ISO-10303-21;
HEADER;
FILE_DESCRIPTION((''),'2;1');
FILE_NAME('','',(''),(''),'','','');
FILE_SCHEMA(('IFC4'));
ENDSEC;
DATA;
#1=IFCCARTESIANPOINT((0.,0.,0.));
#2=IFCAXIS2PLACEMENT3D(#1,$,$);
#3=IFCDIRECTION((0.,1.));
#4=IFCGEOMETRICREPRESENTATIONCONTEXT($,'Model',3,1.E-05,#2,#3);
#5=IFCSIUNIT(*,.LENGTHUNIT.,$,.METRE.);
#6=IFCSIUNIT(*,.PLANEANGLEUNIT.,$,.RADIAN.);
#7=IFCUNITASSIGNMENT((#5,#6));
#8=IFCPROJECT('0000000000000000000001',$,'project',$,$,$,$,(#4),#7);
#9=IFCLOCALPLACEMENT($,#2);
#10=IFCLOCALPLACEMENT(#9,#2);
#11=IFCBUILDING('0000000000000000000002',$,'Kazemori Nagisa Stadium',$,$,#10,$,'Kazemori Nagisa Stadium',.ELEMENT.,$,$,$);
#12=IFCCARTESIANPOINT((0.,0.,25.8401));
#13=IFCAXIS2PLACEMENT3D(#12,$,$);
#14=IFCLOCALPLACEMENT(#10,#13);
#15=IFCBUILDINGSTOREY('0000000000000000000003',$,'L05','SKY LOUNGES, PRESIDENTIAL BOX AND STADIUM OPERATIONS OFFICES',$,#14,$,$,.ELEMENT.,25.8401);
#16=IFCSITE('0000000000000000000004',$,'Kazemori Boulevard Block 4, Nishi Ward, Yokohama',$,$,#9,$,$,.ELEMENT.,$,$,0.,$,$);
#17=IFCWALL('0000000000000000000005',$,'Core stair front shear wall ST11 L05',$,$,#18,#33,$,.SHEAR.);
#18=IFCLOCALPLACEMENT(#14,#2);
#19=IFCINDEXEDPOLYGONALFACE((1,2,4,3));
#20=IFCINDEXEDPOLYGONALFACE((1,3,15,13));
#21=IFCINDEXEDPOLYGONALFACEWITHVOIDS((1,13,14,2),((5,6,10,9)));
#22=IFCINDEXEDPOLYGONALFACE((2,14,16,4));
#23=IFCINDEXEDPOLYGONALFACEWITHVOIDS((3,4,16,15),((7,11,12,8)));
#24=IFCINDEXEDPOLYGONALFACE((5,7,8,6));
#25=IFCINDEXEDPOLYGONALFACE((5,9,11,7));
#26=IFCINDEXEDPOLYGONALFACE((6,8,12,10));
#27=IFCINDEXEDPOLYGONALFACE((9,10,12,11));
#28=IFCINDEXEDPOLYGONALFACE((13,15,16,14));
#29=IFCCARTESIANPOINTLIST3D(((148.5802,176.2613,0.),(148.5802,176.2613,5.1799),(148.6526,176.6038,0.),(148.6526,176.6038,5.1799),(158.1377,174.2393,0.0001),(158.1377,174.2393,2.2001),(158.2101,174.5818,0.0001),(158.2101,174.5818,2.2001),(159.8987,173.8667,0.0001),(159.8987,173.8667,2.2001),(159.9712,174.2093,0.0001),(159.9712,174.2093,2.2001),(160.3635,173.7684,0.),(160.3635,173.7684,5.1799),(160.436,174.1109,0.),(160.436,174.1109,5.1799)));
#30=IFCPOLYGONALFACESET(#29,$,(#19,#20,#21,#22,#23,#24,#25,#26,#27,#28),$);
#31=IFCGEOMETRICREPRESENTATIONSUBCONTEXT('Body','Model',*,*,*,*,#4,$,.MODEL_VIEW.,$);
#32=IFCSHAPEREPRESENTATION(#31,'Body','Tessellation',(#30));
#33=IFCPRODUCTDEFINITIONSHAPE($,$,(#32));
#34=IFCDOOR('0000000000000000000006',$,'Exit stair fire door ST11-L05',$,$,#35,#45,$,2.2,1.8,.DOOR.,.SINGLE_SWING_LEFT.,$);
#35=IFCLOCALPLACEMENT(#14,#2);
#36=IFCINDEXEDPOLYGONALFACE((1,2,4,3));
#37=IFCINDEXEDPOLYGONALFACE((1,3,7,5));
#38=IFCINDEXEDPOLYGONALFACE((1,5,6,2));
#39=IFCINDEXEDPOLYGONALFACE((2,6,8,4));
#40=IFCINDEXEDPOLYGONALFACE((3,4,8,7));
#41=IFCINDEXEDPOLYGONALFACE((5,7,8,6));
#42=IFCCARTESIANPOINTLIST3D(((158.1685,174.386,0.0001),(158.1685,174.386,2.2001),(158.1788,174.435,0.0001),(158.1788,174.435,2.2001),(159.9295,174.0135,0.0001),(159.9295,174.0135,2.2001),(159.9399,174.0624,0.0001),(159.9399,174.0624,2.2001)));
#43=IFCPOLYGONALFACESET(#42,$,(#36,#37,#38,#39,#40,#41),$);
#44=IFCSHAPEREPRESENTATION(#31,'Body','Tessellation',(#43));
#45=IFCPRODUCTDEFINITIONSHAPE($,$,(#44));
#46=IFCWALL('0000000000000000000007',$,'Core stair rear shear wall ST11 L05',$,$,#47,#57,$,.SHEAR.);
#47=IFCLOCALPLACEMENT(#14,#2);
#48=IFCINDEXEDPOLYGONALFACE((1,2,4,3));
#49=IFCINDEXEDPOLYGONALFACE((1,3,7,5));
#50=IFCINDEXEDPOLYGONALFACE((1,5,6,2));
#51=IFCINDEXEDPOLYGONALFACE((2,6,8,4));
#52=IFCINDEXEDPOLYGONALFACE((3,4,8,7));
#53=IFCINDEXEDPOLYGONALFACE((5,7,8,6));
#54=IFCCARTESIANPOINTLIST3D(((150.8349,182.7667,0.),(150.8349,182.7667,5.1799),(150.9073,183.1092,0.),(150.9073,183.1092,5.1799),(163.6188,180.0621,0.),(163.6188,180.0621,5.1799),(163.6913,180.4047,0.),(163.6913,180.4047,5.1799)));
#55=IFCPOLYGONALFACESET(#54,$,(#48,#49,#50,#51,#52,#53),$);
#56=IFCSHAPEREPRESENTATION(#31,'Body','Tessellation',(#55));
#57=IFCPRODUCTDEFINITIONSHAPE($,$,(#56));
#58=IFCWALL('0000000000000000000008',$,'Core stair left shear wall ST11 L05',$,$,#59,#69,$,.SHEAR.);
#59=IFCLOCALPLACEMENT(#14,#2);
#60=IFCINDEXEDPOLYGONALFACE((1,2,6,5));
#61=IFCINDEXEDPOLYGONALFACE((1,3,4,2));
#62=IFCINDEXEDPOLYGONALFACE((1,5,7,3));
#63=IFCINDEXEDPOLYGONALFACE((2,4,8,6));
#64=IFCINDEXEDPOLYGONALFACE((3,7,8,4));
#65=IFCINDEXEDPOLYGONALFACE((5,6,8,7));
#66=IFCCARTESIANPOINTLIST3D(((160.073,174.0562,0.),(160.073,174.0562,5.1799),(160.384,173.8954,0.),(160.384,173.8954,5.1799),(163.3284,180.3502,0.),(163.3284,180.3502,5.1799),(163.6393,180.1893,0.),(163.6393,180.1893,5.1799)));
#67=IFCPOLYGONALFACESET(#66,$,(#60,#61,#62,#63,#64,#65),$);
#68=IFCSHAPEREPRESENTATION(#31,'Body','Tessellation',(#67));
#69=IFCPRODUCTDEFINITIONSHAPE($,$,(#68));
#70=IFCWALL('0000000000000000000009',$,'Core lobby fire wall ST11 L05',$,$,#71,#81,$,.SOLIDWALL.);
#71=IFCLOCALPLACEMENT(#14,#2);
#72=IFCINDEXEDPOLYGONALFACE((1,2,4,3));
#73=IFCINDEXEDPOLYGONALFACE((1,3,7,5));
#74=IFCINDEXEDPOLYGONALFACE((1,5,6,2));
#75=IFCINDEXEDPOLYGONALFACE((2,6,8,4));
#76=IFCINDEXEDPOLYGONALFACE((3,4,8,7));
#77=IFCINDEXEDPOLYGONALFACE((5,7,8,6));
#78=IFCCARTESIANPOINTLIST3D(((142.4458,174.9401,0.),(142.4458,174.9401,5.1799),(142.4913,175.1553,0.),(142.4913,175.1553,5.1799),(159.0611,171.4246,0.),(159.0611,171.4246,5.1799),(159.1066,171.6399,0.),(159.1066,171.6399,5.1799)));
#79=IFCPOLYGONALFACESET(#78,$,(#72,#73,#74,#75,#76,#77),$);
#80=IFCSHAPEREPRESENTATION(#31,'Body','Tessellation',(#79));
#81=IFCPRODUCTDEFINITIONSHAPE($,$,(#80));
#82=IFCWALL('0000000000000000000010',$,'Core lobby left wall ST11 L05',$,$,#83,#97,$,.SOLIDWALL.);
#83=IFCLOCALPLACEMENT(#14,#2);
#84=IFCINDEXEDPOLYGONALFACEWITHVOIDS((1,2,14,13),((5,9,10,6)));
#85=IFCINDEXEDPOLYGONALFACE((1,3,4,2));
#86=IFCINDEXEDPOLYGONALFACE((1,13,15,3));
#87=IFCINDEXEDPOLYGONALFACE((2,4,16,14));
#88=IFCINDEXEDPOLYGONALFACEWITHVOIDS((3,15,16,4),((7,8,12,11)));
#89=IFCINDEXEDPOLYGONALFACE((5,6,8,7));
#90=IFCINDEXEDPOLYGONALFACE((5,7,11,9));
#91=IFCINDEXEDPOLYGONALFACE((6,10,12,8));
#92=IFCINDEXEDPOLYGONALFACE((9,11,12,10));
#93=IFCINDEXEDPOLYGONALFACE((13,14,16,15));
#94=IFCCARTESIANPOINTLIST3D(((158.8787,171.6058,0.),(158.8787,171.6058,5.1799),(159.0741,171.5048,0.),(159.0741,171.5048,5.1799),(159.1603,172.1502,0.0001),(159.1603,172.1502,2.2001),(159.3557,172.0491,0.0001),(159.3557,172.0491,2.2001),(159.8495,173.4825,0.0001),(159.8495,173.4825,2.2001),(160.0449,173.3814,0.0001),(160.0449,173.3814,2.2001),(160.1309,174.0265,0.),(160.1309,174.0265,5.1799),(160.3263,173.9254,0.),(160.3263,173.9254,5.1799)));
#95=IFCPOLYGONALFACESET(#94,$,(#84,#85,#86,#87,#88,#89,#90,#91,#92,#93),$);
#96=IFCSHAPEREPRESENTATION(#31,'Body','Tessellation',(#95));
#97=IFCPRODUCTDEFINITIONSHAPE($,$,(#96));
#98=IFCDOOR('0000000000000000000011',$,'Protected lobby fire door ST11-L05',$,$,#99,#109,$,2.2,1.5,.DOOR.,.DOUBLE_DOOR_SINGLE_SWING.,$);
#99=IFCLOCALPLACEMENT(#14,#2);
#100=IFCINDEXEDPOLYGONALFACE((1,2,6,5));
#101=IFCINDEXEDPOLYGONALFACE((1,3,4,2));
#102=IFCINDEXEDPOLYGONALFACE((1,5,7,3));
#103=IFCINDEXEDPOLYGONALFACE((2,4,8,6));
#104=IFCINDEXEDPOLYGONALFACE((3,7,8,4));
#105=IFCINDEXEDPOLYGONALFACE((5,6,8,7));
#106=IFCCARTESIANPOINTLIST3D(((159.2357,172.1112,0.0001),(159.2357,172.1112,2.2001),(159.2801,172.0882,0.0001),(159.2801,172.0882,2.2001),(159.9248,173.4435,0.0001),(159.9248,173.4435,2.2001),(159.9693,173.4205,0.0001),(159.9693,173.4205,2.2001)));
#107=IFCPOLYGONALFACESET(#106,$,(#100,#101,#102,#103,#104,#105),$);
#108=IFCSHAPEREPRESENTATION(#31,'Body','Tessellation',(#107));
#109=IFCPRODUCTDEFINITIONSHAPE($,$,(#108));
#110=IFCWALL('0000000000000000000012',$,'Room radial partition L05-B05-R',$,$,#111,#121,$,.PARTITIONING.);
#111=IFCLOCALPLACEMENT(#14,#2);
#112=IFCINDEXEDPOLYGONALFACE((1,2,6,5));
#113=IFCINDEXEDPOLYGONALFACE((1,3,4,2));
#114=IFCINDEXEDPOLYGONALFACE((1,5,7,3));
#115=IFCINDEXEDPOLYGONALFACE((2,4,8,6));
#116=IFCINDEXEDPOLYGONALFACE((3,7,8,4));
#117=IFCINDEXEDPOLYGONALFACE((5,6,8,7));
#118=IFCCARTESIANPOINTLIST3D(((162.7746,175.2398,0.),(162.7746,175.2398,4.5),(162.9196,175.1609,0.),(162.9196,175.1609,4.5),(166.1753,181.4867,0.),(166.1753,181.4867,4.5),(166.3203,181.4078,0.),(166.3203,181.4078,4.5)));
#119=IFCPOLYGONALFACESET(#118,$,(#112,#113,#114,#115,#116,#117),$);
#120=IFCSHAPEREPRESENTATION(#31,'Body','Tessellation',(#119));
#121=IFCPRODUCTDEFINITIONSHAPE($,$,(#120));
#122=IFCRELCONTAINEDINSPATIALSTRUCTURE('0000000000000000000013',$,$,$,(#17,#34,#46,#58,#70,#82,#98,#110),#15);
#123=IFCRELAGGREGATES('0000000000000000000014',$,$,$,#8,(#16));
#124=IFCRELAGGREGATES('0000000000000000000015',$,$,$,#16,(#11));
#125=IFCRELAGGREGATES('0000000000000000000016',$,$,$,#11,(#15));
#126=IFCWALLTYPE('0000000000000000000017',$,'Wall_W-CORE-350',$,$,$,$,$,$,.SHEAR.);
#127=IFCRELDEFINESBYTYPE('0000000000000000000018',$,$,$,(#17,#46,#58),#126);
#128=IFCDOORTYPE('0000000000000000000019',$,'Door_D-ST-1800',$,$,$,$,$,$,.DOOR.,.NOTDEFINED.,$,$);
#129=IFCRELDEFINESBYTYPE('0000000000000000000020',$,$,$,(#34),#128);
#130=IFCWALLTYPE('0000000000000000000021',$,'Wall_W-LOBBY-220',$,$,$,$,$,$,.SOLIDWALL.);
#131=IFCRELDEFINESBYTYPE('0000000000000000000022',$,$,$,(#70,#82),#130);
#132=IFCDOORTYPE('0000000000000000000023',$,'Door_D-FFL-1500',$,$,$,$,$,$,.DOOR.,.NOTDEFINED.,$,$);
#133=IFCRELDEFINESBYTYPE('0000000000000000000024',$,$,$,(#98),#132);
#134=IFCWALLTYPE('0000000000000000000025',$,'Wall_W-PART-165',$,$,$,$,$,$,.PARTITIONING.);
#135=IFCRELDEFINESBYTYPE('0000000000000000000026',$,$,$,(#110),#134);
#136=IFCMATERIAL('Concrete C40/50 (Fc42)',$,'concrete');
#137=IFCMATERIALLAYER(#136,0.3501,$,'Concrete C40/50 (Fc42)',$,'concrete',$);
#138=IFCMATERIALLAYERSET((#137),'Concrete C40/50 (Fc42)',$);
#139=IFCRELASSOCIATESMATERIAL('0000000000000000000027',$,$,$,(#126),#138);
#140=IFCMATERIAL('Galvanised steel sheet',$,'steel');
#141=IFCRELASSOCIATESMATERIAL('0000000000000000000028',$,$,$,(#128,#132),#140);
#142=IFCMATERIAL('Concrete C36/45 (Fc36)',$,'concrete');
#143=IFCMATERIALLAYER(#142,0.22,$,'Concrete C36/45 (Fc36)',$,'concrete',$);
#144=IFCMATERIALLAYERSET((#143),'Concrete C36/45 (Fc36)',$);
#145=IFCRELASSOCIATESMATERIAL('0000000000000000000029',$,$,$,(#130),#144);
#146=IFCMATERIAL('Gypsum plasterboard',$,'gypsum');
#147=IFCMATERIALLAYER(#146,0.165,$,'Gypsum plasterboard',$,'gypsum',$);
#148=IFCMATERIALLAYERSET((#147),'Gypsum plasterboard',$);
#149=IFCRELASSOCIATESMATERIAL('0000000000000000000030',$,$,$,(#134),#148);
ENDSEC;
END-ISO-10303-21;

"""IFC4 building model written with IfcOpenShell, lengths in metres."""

from ifc_helpers import new_model, si_unit, direction, frame, frame_2d, origin, place, context, subcontext, project, spatial, rectangle, extrude, material, layer, layer_set, type_object, element, fill, save


model = new_model("IFC4")

# Units and contexts
model_context = context("Model", 3, precision=1e-05, world=origin(), true_north=direction((0.0, 1.0)))
body_context = subcontext(model_context, "Body", "Model", "MODEL_VIEW")
ifc_project = project(units=[si_unit("LENGTHUNIT", "METRE"), si_unit("PLANEANGLEUNIT", "RADIAN")], contexts=[model_context])

# Site, building, storey
site_placement = place(None, origin())
site = spatial("IfcSite", under=ifc_project, at=site_placement, Name="Kazemori Boulevard Block 4, Nishi Ward, Yokohama", CompositionType="ELEMENT", RefElevation=0.0)
building_placement = place(site_placement, origin())
building = spatial("IfcBuilding", under=site, at=building_placement, Name="Kazemori Nagisa Stadium", LongName="Kazemori Nagisa Stadium", CompositionType="ELEMENT")
storey_placement = place(building_placement, frame((0.0, 0.0, 25.8401)))
storey = spatial("IfcBuildingStorey", under=building, at=storey_placement, Name="L05", Description="SKY LOUNGES, PRESIDENTIAL BOX AND STADIUM OPERATIONS OFFICES", CompositionType="ELEMENT", Elevation=25.8401)

# Wall, opening, door
ifc_material_1 = material(Name="Concrete C40/50 (Fc42)", Category="concrete")
ifc_layer_1 = layer(ifc_material_1, 0.3501, Name="Concrete C40/50 (Fc42)", Category="concrete")
ifc_layer_set_1 = layer_set([ifc_layer_1], Name="Concrete C40/50 (Fc42)")
wall_type_1 = type_object("IfcWallType", Name="Wall_W-CORE-350", PredefinedType="SHEAR", material=ifc_layer_set_1)
wall_1_placement = place(storey_placement, frame((160.3997, 173.9397, 0.0), z_axis=(0.0, 0.0, 1.0), x_axis=(-0.978345, 0.20698, 0.0)))
wall_1 = element("IfcWall", 1, at=wall_1_placement, inside=storey, type_object=wall_type_1, Name="Core stair front shear wall ST11 L05", PredefinedType="SHEAR", context=body_context, shape_type="SweptSolid", body=[
    extrude(rectangle(XDim=12.0442, YDim=0.3501, at=frame_2d((6.022, 0.0))), origin(), (0.0, 0.0, 1.0), 5.1799),
])
opening_1_placement = place(wall_1_placement, frame((0.4751, 0.0, 0.0)))
opening_1 = element("IfcOpeningElement", 2, at=opening_1_placement, cuts=wall_1, PredefinedType="OPENING", context=body_context, shape_type="SweptSolid", body=[
    extrude(rectangle(XDim=1.8, YDim=2.2, at=frame_2d((0.8999, 1.1001))), frame((0.0, 0.1851, 0.0), z_axis=(0.0, -1.0, 0.0), x_axis=(1.0, 0.0, 0.0)), (0.0, 0.0, 1.0), 0.3701),
])
ifc_material_2 = material(Name="Galvanised steel sheet", Category="steel")
door_type_1 = type_object("IfcDoorType", Name="Door_D-ST-1800", OperationType="NOTDEFINED", PredefinedType="DOOR", material=ifc_material_2)
door_1_placement = place(opening_1_placement, frame((1.8, 0.0, 0.0), z_axis=(0.0, 0.0, 1.0), x_axis=(-1.0, 0.0, 0.0)))
door_1 = element("IfcDoor", 3, at=door_1_placement, inside=storey, type_object=door_type_1, Name="Exit stair fire door ST11-L05", OperationType="SINGLE_SWING_LEFT", OverallHeight=2.2, OverallWidth=1.8, PredefinedType="DOOR", context=body_context, shape_type="SweptSolid", body=[
    extrude(rectangle(XDim=1.8, YDim=2.2, at=frame_2d((0.8999, 1.1001))), frame((0.0, 0.0249, 0.0), z_axis=(0.0, -1.0, 0.0), x_axis=(1.0, 0.0, 0.0)), (0.0, 0.0, 1.0), 0.05),
])
fill(opening_1, door_1)

# Walls
wall_2_placement = place(storey_placement, frame((163.655, 180.2334, 0.0), z_axis=(0.0, 0.0, 1.0), x_axis=(-0.978345, 0.20698, 0.0)))
element("IfcWall", 4, at=wall_2_placement, inside=storey, type_object=wall_type_1, Name="Core stair rear shear wall ST11 L05", PredefinedType="SHEAR", context=body_context, shape_type="SweptSolid", body=[
    extrude(rectangle(XDim=13.0669, YDim=0.3501, at=frame_2d((6.5334, 0.0))), origin(), (0.0, 0.0, 1.0), 5.1799),
])
wall_3_placement = place(storey_placement, frame((160.2285, 173.9758, 0.0), z_axis=(0.0, 0.0, 1.0), x_axis=(0.45941, 0.888224, 0.0)))
element("IfcWall", 5, at=wall_3_placement, inside=storey, type_object=wall_type_1, Name="Core stair left shear wall ST11 L05", PredefinedType="SHEAR", context=body_context, shape_type="SweptSolid", body=[
    extrude(rectangle(XDim=7.0859, YDim=0.3501, at=frame_2d((3.543, 0.0))), origin(), (0.0, 0.0, 1.0), 5.1799),
])
ifc_material_3 = material(Name="Concrete C36/45 (Fc36)", Category="concrete")
ifc_layer_2 = layer(ifc_material_3, 0.22, Name="Concrete C36/45 (Fc36)", Category="concrete")
ifc_layer_set_2 = layer_set([ifc_layer_2], Name="Concrete C36/45 (Fc36)")
wall_type_2 = type_object("IfcWallType", Name="Wall_W-LOBBY-220", PredefinedType="SOLIDWALL", material=ifc_layer_set_2)
wall_4_placement = place(storey_placement, frame((159.084, 171.5322, 0.0), z_axis=(0.0, 0.0, 1.0), x_axis=(-0.978342, 0.206994, 0.0)))
element("IfcWall", 6, at=wall_4_placement, inside=storey, type_object=wall_type_2, Name="Core lobby fire wall ST11 L05", PredefinedType="SOLIDWALL", context=body_context, shape_type="SweptSolid", body=[
    extrude(rectangle(XDim=16.9832, YDim=0.22, at=frame_2d((8.4917, 0.0))), origin(), (0.0, 0.0, 1.0), 5.1799),
])

# Wall, opening, door
wall_5_placement = place(storey_placement, frame((158.9763, 171.5552, 0.0), z_axis=(0.0, 0.0, 1.0), x_axis=(0.459462, 0.888197, 0.0)))
wall_5 = element("IfcWall", 7, at=wall_5_placement, inside=storey, type_object=wall_type_2, Name="Core lobby left wall ST11 L05", PredefinedType="SOLIDWALL", context=body_context, shape_type="SweptSolid", body=[
    extrude(rectangle(XDim=2.7253, YDim=0.22, at=frame_2d((1.3628, 0.0))), origin(), (0.0, 0.0, 1.0), 5.1799),
])
opening_2_placement = place(wall_5_placement, frame((0.613, 0.0, 0.0)))
opening_2 = element("IfcOpeningElement", 8, at=opening_2_placement, cuts=wall_5, PredefinedType="OPENING", context=body_context, shape_type="SweptSolid", body=[
    extrude(rectangle(XDim=1.5, YDim=2.2, at=frame_2d((0.75, 1.1001))), frame((0.0, 0.1199, 0.0), z_axis=(0.0, -1.0, 0.0), x_axis=(1.0, 0.0, 0.0)), (0.0, 0.0, 1.0), 0.24),
])
door_type_2 = type_object("IfcDoorType", Name="Door_D-FFL-1500", OperationType="NOTDEFINED", PredefinedType="DOOR", material=ifc_material_2)
door_2_placement = place(opening_2_placement, frame((1.5, 0.0, 0.0), z_axis=(0.0, 0.0, 1.0), x_axis=(-1.0, 0.0, 0.0)))
door_2 = element("IfcDoor", 9, at=door_2_placement, inside=storey, type_object=door_type_2, Name="Protected lobby fire door ST11-L05", OperationType="DOUBLE_DOOR_SINGLE_SWING", OverallHeight=2.2, OverallWidth=1.5, PredefinedType="DOOR", context=body_context, shape_type="SweptSolid", body=[
    extrude(rectangle(XDim=1.5, YDim=2.2, at=frame_2d((0.75, 1.1001))), frame((0.0, 0.0249, 0.0), z_axis=(0.0, -1.0, 0.0), x_axis=(1.0, 0.0, 0.0)), (0.0, 0.0, 1.0), 0.05),
])
fill(opening_2, door_2)

# Wall
ifc_material_4 = material(Name="Gypsum plasterboard", Category="gypsum")
ifc_layer_3 = layer(ifc_material_4, 0.165, Name="Gypsum plasterboard", Category="gypsum")
ifc_layer_set_3 = layer_set([ifc_layer_3], Name="Gypsum plasterboard")
wall_type_3 = type_object("IfcWallType", Name="Wall_W-PART-165", PredefinedType="PARTITIONING", material=ifc_layer_set_3)
wall_6_placement = place(storey_placement, frame((162.8472, 175.2004, 0.0), z_axis=(0.0, 0.0, 1.0), x_axis=(0.478123, 0.878293, 0.0)))
element("IfcWall", 10, at=wall_6_placement, inside=storey, type_object=wall_type_3, Name="Room radial partition L05-B05-R", PredefinedType="PARTITIONING", context=body_context, shape_type="SweptSolid", body=[
    extrude(rectangle(XDim=7.1125, YDim=0.165, at=frame_2d((3.5562, 0.0))), origin(), (0.0, 0.0, 1.0), 4.5),
])

save(model, "model.ifc")
